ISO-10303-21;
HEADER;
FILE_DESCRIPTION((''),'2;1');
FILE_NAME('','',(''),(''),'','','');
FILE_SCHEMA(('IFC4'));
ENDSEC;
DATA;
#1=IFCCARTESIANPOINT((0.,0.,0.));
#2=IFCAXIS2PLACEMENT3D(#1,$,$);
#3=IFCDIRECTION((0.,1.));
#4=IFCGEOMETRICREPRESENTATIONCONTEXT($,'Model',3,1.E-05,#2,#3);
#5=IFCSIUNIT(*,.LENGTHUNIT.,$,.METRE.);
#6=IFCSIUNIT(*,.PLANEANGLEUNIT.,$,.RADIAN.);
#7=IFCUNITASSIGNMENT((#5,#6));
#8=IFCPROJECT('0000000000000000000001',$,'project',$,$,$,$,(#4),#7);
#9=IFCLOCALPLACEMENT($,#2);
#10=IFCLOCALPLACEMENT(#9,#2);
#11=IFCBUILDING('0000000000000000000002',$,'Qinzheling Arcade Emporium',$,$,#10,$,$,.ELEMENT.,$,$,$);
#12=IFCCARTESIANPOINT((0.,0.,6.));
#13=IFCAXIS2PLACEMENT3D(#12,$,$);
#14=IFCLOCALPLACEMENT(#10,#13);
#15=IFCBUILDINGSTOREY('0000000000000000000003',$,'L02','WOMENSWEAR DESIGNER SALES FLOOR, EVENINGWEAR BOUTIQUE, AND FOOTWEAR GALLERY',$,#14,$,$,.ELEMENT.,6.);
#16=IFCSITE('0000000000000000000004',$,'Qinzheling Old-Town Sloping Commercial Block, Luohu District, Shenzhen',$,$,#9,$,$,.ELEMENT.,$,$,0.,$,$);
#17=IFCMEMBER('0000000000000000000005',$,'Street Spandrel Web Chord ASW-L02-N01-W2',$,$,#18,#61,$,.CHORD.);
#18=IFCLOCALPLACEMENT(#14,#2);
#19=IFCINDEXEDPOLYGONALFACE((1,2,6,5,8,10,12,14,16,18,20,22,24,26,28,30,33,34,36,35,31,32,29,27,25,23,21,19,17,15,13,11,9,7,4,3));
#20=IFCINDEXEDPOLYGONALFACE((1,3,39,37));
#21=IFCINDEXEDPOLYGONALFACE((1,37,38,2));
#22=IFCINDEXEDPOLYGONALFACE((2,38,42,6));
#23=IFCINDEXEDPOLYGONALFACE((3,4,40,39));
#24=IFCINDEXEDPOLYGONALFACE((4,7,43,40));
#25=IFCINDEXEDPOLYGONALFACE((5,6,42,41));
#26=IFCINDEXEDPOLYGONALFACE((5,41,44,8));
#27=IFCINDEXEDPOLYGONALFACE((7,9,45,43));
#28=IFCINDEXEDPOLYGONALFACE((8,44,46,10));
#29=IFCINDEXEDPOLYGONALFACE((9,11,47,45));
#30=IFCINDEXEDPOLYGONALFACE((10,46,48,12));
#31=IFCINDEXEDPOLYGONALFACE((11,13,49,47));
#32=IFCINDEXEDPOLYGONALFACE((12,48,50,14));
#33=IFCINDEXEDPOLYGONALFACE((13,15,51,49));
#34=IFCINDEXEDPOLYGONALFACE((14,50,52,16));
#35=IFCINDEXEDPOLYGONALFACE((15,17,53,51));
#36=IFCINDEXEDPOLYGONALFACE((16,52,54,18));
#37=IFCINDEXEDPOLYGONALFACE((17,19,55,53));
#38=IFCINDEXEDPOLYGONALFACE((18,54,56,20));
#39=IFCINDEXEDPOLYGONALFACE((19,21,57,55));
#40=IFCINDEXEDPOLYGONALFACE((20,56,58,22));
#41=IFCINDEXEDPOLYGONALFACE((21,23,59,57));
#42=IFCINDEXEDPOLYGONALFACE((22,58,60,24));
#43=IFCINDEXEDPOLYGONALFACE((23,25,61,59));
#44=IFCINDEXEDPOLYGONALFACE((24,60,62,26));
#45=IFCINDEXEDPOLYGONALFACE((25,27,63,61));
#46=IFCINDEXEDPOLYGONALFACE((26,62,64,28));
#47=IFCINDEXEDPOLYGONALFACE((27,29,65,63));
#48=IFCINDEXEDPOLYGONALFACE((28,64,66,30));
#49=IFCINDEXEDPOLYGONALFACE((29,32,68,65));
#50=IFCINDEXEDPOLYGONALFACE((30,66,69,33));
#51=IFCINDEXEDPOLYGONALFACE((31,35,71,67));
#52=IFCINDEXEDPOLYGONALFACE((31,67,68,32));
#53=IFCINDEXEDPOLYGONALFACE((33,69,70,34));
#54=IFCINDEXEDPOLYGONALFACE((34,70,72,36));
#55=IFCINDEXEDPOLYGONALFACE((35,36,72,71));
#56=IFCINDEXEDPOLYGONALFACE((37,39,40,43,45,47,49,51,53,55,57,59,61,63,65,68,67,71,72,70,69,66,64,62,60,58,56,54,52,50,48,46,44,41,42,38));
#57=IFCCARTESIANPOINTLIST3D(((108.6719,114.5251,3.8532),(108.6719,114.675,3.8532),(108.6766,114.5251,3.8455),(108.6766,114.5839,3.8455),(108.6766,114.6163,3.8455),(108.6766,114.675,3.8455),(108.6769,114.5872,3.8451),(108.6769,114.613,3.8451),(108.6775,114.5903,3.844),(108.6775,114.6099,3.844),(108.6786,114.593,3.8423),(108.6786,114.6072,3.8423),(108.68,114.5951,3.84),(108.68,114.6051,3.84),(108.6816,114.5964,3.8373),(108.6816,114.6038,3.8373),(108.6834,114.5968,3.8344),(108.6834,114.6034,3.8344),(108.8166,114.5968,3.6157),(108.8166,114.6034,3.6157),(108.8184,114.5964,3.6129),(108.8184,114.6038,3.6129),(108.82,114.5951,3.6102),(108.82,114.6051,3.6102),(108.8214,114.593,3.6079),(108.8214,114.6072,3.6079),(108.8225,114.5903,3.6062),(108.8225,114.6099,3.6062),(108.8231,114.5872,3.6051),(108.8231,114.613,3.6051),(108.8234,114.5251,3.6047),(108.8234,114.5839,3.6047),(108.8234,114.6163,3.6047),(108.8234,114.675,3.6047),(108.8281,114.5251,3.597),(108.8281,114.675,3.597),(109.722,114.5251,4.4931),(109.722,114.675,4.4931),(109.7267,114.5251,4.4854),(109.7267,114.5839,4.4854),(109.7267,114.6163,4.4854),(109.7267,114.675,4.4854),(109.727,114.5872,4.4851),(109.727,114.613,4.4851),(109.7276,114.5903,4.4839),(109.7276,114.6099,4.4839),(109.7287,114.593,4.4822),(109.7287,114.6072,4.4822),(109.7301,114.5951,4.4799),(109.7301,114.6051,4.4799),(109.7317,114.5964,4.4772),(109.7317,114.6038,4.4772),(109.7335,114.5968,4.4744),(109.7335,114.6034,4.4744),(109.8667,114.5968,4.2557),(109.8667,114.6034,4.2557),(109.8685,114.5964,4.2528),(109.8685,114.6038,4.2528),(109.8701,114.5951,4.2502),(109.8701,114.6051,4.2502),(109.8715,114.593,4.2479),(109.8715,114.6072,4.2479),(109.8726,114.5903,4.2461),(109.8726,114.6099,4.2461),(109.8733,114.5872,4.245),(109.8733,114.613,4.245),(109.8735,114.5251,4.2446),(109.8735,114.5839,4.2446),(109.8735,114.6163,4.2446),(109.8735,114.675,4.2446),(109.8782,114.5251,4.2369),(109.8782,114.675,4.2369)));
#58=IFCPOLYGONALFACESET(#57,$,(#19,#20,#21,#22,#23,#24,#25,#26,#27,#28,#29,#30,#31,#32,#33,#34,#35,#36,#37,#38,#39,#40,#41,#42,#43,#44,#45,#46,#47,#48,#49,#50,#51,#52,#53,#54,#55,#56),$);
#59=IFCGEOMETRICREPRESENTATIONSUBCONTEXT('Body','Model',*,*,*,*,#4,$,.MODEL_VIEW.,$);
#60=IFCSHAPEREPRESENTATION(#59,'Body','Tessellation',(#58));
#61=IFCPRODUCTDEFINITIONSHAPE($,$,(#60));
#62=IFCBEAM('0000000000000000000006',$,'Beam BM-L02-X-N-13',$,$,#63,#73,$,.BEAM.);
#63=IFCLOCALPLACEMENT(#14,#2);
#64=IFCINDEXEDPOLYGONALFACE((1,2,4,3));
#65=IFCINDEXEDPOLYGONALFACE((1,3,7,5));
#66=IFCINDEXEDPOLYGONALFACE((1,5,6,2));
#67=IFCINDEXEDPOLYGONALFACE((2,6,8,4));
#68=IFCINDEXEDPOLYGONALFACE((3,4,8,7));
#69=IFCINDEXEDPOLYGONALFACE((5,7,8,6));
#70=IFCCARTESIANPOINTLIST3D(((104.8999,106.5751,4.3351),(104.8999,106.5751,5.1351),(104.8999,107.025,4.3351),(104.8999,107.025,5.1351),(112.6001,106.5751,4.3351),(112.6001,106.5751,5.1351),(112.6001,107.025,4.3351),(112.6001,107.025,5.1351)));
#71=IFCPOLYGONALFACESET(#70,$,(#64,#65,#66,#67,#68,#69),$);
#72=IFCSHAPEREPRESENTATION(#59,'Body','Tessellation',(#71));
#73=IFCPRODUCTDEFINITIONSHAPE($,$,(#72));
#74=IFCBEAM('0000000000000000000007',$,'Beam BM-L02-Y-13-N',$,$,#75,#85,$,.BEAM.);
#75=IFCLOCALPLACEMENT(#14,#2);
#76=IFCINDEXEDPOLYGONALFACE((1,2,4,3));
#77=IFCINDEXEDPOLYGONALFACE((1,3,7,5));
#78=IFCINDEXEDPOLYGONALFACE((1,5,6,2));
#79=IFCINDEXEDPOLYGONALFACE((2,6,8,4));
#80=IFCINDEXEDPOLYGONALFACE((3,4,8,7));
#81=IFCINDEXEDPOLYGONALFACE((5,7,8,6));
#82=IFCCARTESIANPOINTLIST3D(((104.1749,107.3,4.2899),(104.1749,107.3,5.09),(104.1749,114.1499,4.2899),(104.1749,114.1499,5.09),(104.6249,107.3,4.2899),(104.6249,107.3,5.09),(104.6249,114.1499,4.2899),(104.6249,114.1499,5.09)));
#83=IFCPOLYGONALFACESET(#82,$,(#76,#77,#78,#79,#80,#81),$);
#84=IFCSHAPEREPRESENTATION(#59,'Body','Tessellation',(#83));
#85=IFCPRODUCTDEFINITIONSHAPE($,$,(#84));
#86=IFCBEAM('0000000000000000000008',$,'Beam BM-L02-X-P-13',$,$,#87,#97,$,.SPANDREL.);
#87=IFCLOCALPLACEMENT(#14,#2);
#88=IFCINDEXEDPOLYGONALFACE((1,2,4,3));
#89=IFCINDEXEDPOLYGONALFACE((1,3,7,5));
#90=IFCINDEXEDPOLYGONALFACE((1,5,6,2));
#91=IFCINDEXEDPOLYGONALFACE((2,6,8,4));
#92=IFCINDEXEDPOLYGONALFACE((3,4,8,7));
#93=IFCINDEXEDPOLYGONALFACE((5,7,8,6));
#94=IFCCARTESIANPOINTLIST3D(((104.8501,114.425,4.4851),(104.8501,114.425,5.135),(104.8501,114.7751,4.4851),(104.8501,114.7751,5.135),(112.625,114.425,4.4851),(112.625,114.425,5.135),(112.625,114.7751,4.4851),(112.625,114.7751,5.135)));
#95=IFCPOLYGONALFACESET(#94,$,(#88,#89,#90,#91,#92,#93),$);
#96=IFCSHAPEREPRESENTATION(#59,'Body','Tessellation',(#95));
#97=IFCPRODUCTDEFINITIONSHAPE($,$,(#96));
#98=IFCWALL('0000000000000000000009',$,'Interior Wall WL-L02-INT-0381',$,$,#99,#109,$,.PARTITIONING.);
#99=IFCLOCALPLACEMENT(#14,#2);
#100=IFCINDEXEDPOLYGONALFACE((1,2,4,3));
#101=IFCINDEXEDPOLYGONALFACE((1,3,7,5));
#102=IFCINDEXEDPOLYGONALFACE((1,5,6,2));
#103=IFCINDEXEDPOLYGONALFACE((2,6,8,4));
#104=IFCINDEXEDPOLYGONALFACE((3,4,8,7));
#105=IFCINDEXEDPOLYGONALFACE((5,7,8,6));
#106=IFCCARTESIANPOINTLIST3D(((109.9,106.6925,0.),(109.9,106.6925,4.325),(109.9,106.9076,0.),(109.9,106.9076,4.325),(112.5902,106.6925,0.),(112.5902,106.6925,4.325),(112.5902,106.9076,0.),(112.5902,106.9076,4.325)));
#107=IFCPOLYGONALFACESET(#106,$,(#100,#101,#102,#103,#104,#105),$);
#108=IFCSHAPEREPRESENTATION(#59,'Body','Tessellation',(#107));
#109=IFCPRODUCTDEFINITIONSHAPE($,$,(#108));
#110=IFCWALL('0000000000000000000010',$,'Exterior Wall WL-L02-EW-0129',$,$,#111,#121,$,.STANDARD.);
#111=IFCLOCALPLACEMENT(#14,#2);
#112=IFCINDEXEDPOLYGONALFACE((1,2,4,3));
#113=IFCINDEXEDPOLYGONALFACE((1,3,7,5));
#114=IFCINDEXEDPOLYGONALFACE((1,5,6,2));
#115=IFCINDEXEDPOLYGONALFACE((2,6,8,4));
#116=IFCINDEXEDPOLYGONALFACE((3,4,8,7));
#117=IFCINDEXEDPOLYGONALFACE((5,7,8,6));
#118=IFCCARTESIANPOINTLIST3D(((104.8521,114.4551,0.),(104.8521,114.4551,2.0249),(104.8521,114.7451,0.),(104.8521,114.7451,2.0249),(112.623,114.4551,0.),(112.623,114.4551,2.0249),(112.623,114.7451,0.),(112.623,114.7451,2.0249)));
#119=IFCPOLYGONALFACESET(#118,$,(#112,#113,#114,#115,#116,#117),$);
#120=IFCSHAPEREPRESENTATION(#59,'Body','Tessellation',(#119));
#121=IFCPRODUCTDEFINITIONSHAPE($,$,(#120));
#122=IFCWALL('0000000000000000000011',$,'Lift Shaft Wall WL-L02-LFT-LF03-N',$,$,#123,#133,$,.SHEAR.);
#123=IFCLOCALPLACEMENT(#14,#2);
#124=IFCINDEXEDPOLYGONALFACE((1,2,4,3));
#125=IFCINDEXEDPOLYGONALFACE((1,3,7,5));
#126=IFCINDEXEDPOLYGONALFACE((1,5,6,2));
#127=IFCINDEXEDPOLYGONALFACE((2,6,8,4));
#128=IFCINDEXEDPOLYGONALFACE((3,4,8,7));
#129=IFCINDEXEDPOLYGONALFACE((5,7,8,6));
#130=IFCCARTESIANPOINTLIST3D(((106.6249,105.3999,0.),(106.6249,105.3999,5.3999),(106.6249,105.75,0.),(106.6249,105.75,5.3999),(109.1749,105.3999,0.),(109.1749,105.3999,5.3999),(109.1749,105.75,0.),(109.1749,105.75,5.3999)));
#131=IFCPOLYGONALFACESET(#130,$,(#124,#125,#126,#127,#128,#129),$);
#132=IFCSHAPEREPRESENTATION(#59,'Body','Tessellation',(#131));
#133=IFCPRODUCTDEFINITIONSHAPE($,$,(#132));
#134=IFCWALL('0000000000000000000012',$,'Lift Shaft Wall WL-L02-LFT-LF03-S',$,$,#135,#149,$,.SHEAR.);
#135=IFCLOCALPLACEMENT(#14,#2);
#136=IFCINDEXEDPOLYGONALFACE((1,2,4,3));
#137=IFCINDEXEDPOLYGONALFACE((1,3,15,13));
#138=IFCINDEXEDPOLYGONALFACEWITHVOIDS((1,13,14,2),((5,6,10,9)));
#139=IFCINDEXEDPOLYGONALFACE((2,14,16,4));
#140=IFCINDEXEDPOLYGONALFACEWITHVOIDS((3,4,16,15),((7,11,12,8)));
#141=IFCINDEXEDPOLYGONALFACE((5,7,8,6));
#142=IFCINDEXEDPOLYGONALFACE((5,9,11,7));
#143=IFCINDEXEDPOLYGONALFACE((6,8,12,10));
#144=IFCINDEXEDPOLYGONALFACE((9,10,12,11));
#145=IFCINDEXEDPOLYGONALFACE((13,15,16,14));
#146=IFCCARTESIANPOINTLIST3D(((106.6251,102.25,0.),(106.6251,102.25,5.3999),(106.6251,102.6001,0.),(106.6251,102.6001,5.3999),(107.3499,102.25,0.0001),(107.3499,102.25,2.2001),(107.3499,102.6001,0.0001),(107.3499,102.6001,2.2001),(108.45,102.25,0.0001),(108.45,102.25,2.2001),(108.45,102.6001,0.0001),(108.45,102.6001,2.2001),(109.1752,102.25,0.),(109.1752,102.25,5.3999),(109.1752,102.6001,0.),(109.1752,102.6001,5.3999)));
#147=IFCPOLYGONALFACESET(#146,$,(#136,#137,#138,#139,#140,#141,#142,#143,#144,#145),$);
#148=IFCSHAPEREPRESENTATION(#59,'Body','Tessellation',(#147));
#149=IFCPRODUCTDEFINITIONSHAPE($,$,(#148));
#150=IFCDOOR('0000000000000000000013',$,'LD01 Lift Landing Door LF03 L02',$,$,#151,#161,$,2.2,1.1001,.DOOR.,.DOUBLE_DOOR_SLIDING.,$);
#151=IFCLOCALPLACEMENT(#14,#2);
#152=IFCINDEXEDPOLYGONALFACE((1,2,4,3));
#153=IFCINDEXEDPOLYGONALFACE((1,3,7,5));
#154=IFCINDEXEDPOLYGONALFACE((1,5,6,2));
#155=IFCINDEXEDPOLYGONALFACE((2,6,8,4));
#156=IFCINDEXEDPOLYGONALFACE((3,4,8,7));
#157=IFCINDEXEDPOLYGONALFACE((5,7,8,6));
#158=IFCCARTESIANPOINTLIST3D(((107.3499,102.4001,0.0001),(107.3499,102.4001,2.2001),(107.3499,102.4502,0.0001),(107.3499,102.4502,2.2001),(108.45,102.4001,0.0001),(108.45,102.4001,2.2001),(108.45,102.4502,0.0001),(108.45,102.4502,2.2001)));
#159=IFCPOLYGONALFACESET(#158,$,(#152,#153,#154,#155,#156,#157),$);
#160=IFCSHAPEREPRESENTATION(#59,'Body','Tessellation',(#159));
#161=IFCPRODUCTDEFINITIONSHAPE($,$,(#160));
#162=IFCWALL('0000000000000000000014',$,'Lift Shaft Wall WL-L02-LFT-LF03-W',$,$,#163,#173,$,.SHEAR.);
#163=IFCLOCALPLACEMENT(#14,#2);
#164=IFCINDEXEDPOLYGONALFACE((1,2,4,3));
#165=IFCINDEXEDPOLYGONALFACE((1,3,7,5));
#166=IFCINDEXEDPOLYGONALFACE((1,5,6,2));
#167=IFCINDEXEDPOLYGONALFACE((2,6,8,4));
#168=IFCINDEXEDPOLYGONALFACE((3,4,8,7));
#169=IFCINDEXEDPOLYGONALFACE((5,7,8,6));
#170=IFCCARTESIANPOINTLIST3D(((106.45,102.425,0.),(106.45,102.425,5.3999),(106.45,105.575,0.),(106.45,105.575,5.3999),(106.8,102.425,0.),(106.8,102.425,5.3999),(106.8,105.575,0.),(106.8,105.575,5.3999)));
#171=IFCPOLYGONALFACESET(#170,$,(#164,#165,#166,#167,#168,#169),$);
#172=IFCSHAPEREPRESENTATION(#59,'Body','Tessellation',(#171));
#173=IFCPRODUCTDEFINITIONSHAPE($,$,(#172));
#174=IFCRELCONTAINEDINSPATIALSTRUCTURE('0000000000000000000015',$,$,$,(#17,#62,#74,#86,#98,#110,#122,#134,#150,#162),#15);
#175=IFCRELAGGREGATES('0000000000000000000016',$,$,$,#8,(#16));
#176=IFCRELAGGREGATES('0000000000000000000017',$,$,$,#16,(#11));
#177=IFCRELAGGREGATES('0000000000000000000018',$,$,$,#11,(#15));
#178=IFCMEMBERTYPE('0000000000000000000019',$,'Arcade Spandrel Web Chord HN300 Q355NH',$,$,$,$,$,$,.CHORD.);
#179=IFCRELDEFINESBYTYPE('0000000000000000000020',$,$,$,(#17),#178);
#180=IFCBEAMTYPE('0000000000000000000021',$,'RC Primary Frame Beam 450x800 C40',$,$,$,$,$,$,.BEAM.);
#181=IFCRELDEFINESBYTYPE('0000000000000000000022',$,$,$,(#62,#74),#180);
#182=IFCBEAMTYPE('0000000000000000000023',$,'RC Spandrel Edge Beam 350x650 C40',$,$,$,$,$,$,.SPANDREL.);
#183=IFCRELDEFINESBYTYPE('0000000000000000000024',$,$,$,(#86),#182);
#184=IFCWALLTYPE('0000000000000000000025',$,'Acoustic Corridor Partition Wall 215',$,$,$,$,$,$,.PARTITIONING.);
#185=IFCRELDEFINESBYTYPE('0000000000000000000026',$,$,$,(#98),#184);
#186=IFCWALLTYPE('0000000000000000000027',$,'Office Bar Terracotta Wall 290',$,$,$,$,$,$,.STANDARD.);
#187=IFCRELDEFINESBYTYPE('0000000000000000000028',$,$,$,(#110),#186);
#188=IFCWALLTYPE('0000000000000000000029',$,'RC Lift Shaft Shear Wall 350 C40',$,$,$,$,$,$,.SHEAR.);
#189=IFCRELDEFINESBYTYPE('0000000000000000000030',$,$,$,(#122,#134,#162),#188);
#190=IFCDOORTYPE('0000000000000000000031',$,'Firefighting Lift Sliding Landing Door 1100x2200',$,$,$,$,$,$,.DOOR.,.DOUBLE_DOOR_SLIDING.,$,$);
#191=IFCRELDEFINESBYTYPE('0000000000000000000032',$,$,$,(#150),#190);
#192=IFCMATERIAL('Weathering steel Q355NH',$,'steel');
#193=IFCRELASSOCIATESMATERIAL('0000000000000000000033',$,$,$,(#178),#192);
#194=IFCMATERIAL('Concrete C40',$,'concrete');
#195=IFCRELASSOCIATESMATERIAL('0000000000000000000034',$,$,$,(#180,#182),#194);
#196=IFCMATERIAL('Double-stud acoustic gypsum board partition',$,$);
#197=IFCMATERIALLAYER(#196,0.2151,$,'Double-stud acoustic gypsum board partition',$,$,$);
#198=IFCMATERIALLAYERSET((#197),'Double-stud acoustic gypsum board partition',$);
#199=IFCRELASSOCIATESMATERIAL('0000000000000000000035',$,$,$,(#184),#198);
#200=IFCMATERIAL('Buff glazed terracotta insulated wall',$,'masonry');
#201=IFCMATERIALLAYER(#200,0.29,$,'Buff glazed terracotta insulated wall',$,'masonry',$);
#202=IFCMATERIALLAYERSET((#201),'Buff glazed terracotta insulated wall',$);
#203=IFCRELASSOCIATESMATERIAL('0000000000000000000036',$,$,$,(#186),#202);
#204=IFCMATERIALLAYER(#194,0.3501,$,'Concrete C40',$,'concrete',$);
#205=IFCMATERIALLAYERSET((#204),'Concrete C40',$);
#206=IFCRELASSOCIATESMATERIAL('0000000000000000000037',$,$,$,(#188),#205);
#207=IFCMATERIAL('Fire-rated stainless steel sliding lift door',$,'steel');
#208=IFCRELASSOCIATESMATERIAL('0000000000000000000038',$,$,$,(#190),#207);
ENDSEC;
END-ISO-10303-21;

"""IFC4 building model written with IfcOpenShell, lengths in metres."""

from ifc_helpers import new_model, si_unit, direction, frame, frame_2d, origin, origin_2d, place, context, subcontext, project, spatial, rectangle, i_section, extrude, material, layer, layer_set, material_profile, profile_set, type_object, element, fill, save


model = new_model("IFC4")

# Units and contexts
model_context = context("Model", 3, precision=1e-05, world=origin(), true_north=direction((0.0, 1.0)))
body_context = subcontext(model_context, "Body", "Model", "MODEL_VIEW")
ifc_project = project(units=[si_unit("LENGTHUNIT", "METRE"), si_unit("PLANEANGLEUNIT", "RADIAN")], contexts=[model_context])

# Site, building, storey
site_placement = place(None, origin())
site = spatial("IfcSite", under=ifc_project, at=site_placement, Name="Qinzheling Old-Town Sloping Commercial Block, Luohu District, Shenzhen", CompositionType="ELEMENT", RefElevation=0.0)
building_placement = place(site_placement, origin())
building = spatial("IfcBuilding", under=site, at=building_placement, Name="Qinzheling Arcade Emporium", CompositionType="ELEMENT")
storey_placement = place(building_placement, frame((0.0, 0.0, 6.0)))
storey = spatial("IfcBuildingStorey", under=building, at=storey_placement, Name="L02", Description="WOMENSWEAR DESIGNER SALES FLOOR, EVENINGWEAR BOUTIQUE, AND FOOTWEAR GALLERY", CompositionType="ELEMENT", Elevation=6.0)

# Shared definitions
ifc_material_1 = material(Name="Weathering steel Q355NH", Category="steel")

# Member
ifc_material_profile_1 = material_profile(ifc_material_1, i_section(OverallWidth=0.1499, OverallDepth=0.3, WebThickness=0.0066, FlangeThickness=0.009, FilletRadius=0.0129, at=origin_2d()), Name="HN 300x150x6.5x9", Category="steel")
ifc_profile_set_1 = profile_set([ifc_material_profile_1], Name="Weathering steel Q355NH")
member_type = type_object("IfcMemberType", Name="Arcade Spandrel Web Chord HN300 Q355NH", PredefinedType="CHORD", material=ifc_profile_set_1)
for number, where, z_axis, x_axis, name in (
    (1, (108.75, 114.6001, 3.7251), (0.853934, 0.0, 0.520381), (0.0, 1.0, 0.0), "Street Spandrel Web Chord ASW-L02-N01-W2"),
):
    element("IfcMember", number, at=place(storey_placement, frame(where, z_axis=z_axis, x_axis=x_axis)), inside=storey, type_object=member_type, Name=name, PredefinedType="CHORD", context=body_context, shape_type="SweptSolid", body=[
        extrude(i_section(OverallWidth=0.1499, OverallDepth=0.3, WebThickness=0.0066, FlangeThickness=0.009, FilletRadius=0.0129, at=origin_2d()), origin(), (0.0, 0.0, 1.0), 1.2297),
    ])

# Beams
ifc_material_2 = material(Name="Concrete C40", Category="concrete")
ifc_material_profile_2 = material_profile(ifc_material_2, rectangle(XDim=0.45, YDim=0.8, at=origin_2d()), Name="RC 450x800", Category="concrete")
ifc_profile_set_2 = profile_set([ifc_material_profile_2], Name="Concrete C40")
beam_type_1 = type_object("IfcBeamType", Name="RC Primary Frame Beam 450x800 C40", PredefinedType="BEAM", material=ifc_profile_set_2)
beam_1_placement = place(storey_placement, frame((104.8999, 106.8, 4.7351), z_axis=(1.0, 0.0, 0.0), x_axis=(0.0, 1.0, 0.0)))
element("IfcBeam", 2, at=beam_1_placement, inside=storey, type_object=beam_type_1, Name="Beam BM-L02-X-N-13", PredefinedType="BEAM", context=body_context, shape_type="SweptSolid", body=[
    extrude(rectangle(XDim=0.45, YDim=0.8, at=origin_2d()), origin(), (0.0, 0.0, 1.0), 7.7002),
])
beam_2_placement = place(storey_placement, frame((104.3999, 107.3, 4.6899), z_axis=(0.0, 1.0, 0.0), x_axis=(-1.0, 0.0, 0.0)))
element("IfcBeam", 3, at=beam_2_placement, inside=storey, type_object=beam_type_1, Name="Beam BM-L02-Y-13-N", PredefinedType="BEAM", context=body_context, shape_type="SweptSolid", body=[
    extrude(rectangle(XDim=0.45, YDim=0.8, at=origin_2d()), origin(), (0.0, 0.0, 1.0), 6.8499),
])
ifc_material_profile_3 = material_profile(ifc_material_2, rectangle(XDim=0.3501, YDim=0.6499, at=origin_2d()), Name="RC 350x650", Category="concrete")
ifc_profile_set_3 = profile_set([ifc_material_profile_3], Name="Concrete C40")
beam_type_2 = type_object("IfcBeamType", Name="RC Spandrel Edge Beam 350x650 C40", PredefinedType="SPANDREL", material=ifc_profile_set_3)
beam_3_placement = place(storey_placement, frame((104.8501, 114.6001, 4.8101), z_axis=(1.0, 0.0, 0.0), x_axis=(0.0, 1.0, 0.0)))
element("IfcBeam", 4, at=beam_3_placement, inside=storey, type_object=beam_type_2, Name="Beam BM-L02-X-P-13", PredefinedType="SPANDREL", context=body_context, shape_type="SweptSolid", body=[
    extrude(rectangle(XDim=0.3501, YDim=0.6499, at=origin_2d()), origin(), (0.0, 0.0, 1.0), 7.7749),
])

# Walls
ifc_material_3 = material(Name="Double-stud acoustic gypsum board partition")
ifc_layer_1 = layer(ifc_material_3, 0.2151, Name="Double-stud acoustic gypsum board partition")
ifc_layer_set_1 = layer_set([ifc_layer_1], Name="Double-stud acoustic gypsum board partition")
wall_type_1 = type_object("IfcWallType", Name="Acoustic Corridor Partition Wall 215", PredefinedType="PARTITIONING", material=ifc_layer_set_1)
wall_1_placement = place(storey_placement, frame((109.8999, 106.8, 0.0), z_axis=(0.0, 0.0, 1.0), x_axis=(1.0, 0.0, 0.0)))
element("IfcWall", 5, at=wall_1_placement, inside=storey, type_object=wall_type_1, Name="Interior Wall WL-L02-INT-0381", PredefinedType="PARTITIONING", context=body_context, shape_type="SweptSolid", body=[
    extrude(rectangle(XDim=2.6902, YDim=0.2151, at=frame_2d((1.3452, 0.0))), origin(), (0.0, 0.0, 1.0), 4.325),
])
ifc_material_4 = material(Name="Buff glazed terracotta insulated wall", Category="masonry")
ifc_layer_2 = layer(ifc_material_4, 0.29, Name="Buff glazed terracotta insulated wall", Category="masonry")
ifc_layer_set_2 = layer_set([ifc_layer_2], Name="Buff glazed terracotta insulated wall")
wall_type_2 = type_object("IfcWallType", Name="Office Bar Terracotta Wall 290", PredefinedType="STANDARD", material=ifc_layer_set_2)
wall_2_placement = place(storey_placement, frame((104.8521, 114.6001, 0.0), z_axis=(0.0, 0.0, 1.0), x_axis=(1.0, 0.0, 0.0)))
element("IfcWall", 6, at=wall_2_placement, inside=storey, type_object=wall_type_2, Name="Exterior Wall WL-L02-EW-0129", PredefinedType="STANDARD", context=body_context, shape_type="SweptSolid", body=[
    extrude(rectangle(XDim=7.771, YDim=0.29, at=frame_2d((3.8855, 0.0))), origin(), (0.0, 0.0, 1.0), 2.0249),
])
ifc_layer_3 = layer(ifc_material_2, 0.3501, Name="Concrete C40", Category="concrete")
ifc_layer_set_3 = layer_set([ifc_layer_3], Name="Concrete C40")
wall_type_3 = type_object("IfcWallType", Name="RC Lift Shaft Shear Wall 350 C40", PredefinedType="SHEAR", material=ifc_layer_set_3)
wall_3_placement = place(storey_placement, frame((106.625, 105.575, 0.0), z_axis=(0.0, 0.0, 1.0), x_axis=(1.0, 0.0, 0.0)))
element("IfcWall", 7, at=wall_3_placement, inside=storey, type_object=wall_type_3, Name="Lift Shaft Wall WL-L02-LFT-LF03-N", PredefinedType="SHEAR", context=body_context, shape_type="SweptSolid", body=[
    extrude(rectangle(XDim=2.55, YDim=0.3501, at=frame_2d((1.2749, 0.0))), origin(), (0.0, 0.0, 1.0), 5.3999),
])

# Wall, opening, door
wall_4_placement = place(storey_placement, frame((109.175, 102.425, 0.0), z_axis=(0.0, 0.0, 1.0), x_axis=(-1.0, 0.0, 0.0)))
wall_4 = element("IfcWall", 8, at=wall_4_placement, inside=storey, type_object=wall_type_3, Name="Lift Shaft Wall WL-L02-LFT-LF03-S", PredefinedType="SHEAR", context=body_context, shape_type="SweptSolid", body=[
    extrude(rectangle(XDim=2.55, YDim=0.3501, at=frame_2d((1.2749, 0.0))), origin(), (0.0, 0.0, 1.0), 5.3999),
])
opening_placement = place(wall_4_placement, frame((0.7251, 0.0, 0.0)))
opening = element("IfcOpeningElement", 9, at=opening_placement, cuts=wall_4, PredefinedType="OPENING", context=body_context, shape_type="SweptSolid", body=[
    extrude(rectangle(XDim=1.1001, YDim=2.2, at=frame_2d((0.55, 1.1001))), frame((0.0, 0.1851, 0.0), z_axis=(0.0, -1.0, 0.0), x_axis=(1.0, 0.0, 0.0)), (0.0, 0.0, 1.0), 0.3701),
])
ifc_material_5 = material(Name="Fire-rated stainless steel sliding lift door", Category="steel")
door_type = type_object("IfcDoorType", Name="Firefighting Lift Sliding Landing Door 1100x2200", OperationType="DOUBLE_DOOR_SLIDING", PredefinedType="DOOR", material=ifc_material_5)
door_placement = place(opening_placement, origin())
door = element("IfcDoor", 10, at=door_placement, inside=storey, type_object=door_type, Name="LD01 Lift Landing Door LF03 L02", OperationType="DOUBLE_DOOR_SLIDING", OverallHeight=2.2, OverallWidth=1.1001, PredefinedType="DOOR", context=body_context, shape_type="SweptSolid", body=[
    extrude(rectangle(XDim=1.1001, YDim=2.2, at=frame_2d((0.55, 1.1001))), frame((0.0, 0.0249, 0.0), z_axis=(0.0, -1.0, 0.0), x_axis=(1.0, 0.0, 0.0)), (0.0, 0.0, 1.0), 0.05),
])
fill(opening, door)

# Wall
for number, where, z_axis, x_axis, name in (
    (11, (106.625, 102.425, 0.0), (0.0, 0.0, 1.0), (0.0, 1.0, 0.0), "Lift Shaft Wall WL-L02-LFT-LF03-W"),
):
    element("IfcWall", number, at=place(storey_placement, frame(where, z_axis=z_axis, x_axis=x_axis)), inside=storey, type_object=wall_type_3, Name=name, PredefinedType="SHEAR", context=body_context, shape_type="SweptSolid", body=[
        extrude(rectangle(XDim=3.1499, YDim=0.3501, at=frame_2d((1.575, 0.0))), origin(), (0.0, 0.0, 1.0), 5.3999),
    ])

save(model, "model.ifc")
